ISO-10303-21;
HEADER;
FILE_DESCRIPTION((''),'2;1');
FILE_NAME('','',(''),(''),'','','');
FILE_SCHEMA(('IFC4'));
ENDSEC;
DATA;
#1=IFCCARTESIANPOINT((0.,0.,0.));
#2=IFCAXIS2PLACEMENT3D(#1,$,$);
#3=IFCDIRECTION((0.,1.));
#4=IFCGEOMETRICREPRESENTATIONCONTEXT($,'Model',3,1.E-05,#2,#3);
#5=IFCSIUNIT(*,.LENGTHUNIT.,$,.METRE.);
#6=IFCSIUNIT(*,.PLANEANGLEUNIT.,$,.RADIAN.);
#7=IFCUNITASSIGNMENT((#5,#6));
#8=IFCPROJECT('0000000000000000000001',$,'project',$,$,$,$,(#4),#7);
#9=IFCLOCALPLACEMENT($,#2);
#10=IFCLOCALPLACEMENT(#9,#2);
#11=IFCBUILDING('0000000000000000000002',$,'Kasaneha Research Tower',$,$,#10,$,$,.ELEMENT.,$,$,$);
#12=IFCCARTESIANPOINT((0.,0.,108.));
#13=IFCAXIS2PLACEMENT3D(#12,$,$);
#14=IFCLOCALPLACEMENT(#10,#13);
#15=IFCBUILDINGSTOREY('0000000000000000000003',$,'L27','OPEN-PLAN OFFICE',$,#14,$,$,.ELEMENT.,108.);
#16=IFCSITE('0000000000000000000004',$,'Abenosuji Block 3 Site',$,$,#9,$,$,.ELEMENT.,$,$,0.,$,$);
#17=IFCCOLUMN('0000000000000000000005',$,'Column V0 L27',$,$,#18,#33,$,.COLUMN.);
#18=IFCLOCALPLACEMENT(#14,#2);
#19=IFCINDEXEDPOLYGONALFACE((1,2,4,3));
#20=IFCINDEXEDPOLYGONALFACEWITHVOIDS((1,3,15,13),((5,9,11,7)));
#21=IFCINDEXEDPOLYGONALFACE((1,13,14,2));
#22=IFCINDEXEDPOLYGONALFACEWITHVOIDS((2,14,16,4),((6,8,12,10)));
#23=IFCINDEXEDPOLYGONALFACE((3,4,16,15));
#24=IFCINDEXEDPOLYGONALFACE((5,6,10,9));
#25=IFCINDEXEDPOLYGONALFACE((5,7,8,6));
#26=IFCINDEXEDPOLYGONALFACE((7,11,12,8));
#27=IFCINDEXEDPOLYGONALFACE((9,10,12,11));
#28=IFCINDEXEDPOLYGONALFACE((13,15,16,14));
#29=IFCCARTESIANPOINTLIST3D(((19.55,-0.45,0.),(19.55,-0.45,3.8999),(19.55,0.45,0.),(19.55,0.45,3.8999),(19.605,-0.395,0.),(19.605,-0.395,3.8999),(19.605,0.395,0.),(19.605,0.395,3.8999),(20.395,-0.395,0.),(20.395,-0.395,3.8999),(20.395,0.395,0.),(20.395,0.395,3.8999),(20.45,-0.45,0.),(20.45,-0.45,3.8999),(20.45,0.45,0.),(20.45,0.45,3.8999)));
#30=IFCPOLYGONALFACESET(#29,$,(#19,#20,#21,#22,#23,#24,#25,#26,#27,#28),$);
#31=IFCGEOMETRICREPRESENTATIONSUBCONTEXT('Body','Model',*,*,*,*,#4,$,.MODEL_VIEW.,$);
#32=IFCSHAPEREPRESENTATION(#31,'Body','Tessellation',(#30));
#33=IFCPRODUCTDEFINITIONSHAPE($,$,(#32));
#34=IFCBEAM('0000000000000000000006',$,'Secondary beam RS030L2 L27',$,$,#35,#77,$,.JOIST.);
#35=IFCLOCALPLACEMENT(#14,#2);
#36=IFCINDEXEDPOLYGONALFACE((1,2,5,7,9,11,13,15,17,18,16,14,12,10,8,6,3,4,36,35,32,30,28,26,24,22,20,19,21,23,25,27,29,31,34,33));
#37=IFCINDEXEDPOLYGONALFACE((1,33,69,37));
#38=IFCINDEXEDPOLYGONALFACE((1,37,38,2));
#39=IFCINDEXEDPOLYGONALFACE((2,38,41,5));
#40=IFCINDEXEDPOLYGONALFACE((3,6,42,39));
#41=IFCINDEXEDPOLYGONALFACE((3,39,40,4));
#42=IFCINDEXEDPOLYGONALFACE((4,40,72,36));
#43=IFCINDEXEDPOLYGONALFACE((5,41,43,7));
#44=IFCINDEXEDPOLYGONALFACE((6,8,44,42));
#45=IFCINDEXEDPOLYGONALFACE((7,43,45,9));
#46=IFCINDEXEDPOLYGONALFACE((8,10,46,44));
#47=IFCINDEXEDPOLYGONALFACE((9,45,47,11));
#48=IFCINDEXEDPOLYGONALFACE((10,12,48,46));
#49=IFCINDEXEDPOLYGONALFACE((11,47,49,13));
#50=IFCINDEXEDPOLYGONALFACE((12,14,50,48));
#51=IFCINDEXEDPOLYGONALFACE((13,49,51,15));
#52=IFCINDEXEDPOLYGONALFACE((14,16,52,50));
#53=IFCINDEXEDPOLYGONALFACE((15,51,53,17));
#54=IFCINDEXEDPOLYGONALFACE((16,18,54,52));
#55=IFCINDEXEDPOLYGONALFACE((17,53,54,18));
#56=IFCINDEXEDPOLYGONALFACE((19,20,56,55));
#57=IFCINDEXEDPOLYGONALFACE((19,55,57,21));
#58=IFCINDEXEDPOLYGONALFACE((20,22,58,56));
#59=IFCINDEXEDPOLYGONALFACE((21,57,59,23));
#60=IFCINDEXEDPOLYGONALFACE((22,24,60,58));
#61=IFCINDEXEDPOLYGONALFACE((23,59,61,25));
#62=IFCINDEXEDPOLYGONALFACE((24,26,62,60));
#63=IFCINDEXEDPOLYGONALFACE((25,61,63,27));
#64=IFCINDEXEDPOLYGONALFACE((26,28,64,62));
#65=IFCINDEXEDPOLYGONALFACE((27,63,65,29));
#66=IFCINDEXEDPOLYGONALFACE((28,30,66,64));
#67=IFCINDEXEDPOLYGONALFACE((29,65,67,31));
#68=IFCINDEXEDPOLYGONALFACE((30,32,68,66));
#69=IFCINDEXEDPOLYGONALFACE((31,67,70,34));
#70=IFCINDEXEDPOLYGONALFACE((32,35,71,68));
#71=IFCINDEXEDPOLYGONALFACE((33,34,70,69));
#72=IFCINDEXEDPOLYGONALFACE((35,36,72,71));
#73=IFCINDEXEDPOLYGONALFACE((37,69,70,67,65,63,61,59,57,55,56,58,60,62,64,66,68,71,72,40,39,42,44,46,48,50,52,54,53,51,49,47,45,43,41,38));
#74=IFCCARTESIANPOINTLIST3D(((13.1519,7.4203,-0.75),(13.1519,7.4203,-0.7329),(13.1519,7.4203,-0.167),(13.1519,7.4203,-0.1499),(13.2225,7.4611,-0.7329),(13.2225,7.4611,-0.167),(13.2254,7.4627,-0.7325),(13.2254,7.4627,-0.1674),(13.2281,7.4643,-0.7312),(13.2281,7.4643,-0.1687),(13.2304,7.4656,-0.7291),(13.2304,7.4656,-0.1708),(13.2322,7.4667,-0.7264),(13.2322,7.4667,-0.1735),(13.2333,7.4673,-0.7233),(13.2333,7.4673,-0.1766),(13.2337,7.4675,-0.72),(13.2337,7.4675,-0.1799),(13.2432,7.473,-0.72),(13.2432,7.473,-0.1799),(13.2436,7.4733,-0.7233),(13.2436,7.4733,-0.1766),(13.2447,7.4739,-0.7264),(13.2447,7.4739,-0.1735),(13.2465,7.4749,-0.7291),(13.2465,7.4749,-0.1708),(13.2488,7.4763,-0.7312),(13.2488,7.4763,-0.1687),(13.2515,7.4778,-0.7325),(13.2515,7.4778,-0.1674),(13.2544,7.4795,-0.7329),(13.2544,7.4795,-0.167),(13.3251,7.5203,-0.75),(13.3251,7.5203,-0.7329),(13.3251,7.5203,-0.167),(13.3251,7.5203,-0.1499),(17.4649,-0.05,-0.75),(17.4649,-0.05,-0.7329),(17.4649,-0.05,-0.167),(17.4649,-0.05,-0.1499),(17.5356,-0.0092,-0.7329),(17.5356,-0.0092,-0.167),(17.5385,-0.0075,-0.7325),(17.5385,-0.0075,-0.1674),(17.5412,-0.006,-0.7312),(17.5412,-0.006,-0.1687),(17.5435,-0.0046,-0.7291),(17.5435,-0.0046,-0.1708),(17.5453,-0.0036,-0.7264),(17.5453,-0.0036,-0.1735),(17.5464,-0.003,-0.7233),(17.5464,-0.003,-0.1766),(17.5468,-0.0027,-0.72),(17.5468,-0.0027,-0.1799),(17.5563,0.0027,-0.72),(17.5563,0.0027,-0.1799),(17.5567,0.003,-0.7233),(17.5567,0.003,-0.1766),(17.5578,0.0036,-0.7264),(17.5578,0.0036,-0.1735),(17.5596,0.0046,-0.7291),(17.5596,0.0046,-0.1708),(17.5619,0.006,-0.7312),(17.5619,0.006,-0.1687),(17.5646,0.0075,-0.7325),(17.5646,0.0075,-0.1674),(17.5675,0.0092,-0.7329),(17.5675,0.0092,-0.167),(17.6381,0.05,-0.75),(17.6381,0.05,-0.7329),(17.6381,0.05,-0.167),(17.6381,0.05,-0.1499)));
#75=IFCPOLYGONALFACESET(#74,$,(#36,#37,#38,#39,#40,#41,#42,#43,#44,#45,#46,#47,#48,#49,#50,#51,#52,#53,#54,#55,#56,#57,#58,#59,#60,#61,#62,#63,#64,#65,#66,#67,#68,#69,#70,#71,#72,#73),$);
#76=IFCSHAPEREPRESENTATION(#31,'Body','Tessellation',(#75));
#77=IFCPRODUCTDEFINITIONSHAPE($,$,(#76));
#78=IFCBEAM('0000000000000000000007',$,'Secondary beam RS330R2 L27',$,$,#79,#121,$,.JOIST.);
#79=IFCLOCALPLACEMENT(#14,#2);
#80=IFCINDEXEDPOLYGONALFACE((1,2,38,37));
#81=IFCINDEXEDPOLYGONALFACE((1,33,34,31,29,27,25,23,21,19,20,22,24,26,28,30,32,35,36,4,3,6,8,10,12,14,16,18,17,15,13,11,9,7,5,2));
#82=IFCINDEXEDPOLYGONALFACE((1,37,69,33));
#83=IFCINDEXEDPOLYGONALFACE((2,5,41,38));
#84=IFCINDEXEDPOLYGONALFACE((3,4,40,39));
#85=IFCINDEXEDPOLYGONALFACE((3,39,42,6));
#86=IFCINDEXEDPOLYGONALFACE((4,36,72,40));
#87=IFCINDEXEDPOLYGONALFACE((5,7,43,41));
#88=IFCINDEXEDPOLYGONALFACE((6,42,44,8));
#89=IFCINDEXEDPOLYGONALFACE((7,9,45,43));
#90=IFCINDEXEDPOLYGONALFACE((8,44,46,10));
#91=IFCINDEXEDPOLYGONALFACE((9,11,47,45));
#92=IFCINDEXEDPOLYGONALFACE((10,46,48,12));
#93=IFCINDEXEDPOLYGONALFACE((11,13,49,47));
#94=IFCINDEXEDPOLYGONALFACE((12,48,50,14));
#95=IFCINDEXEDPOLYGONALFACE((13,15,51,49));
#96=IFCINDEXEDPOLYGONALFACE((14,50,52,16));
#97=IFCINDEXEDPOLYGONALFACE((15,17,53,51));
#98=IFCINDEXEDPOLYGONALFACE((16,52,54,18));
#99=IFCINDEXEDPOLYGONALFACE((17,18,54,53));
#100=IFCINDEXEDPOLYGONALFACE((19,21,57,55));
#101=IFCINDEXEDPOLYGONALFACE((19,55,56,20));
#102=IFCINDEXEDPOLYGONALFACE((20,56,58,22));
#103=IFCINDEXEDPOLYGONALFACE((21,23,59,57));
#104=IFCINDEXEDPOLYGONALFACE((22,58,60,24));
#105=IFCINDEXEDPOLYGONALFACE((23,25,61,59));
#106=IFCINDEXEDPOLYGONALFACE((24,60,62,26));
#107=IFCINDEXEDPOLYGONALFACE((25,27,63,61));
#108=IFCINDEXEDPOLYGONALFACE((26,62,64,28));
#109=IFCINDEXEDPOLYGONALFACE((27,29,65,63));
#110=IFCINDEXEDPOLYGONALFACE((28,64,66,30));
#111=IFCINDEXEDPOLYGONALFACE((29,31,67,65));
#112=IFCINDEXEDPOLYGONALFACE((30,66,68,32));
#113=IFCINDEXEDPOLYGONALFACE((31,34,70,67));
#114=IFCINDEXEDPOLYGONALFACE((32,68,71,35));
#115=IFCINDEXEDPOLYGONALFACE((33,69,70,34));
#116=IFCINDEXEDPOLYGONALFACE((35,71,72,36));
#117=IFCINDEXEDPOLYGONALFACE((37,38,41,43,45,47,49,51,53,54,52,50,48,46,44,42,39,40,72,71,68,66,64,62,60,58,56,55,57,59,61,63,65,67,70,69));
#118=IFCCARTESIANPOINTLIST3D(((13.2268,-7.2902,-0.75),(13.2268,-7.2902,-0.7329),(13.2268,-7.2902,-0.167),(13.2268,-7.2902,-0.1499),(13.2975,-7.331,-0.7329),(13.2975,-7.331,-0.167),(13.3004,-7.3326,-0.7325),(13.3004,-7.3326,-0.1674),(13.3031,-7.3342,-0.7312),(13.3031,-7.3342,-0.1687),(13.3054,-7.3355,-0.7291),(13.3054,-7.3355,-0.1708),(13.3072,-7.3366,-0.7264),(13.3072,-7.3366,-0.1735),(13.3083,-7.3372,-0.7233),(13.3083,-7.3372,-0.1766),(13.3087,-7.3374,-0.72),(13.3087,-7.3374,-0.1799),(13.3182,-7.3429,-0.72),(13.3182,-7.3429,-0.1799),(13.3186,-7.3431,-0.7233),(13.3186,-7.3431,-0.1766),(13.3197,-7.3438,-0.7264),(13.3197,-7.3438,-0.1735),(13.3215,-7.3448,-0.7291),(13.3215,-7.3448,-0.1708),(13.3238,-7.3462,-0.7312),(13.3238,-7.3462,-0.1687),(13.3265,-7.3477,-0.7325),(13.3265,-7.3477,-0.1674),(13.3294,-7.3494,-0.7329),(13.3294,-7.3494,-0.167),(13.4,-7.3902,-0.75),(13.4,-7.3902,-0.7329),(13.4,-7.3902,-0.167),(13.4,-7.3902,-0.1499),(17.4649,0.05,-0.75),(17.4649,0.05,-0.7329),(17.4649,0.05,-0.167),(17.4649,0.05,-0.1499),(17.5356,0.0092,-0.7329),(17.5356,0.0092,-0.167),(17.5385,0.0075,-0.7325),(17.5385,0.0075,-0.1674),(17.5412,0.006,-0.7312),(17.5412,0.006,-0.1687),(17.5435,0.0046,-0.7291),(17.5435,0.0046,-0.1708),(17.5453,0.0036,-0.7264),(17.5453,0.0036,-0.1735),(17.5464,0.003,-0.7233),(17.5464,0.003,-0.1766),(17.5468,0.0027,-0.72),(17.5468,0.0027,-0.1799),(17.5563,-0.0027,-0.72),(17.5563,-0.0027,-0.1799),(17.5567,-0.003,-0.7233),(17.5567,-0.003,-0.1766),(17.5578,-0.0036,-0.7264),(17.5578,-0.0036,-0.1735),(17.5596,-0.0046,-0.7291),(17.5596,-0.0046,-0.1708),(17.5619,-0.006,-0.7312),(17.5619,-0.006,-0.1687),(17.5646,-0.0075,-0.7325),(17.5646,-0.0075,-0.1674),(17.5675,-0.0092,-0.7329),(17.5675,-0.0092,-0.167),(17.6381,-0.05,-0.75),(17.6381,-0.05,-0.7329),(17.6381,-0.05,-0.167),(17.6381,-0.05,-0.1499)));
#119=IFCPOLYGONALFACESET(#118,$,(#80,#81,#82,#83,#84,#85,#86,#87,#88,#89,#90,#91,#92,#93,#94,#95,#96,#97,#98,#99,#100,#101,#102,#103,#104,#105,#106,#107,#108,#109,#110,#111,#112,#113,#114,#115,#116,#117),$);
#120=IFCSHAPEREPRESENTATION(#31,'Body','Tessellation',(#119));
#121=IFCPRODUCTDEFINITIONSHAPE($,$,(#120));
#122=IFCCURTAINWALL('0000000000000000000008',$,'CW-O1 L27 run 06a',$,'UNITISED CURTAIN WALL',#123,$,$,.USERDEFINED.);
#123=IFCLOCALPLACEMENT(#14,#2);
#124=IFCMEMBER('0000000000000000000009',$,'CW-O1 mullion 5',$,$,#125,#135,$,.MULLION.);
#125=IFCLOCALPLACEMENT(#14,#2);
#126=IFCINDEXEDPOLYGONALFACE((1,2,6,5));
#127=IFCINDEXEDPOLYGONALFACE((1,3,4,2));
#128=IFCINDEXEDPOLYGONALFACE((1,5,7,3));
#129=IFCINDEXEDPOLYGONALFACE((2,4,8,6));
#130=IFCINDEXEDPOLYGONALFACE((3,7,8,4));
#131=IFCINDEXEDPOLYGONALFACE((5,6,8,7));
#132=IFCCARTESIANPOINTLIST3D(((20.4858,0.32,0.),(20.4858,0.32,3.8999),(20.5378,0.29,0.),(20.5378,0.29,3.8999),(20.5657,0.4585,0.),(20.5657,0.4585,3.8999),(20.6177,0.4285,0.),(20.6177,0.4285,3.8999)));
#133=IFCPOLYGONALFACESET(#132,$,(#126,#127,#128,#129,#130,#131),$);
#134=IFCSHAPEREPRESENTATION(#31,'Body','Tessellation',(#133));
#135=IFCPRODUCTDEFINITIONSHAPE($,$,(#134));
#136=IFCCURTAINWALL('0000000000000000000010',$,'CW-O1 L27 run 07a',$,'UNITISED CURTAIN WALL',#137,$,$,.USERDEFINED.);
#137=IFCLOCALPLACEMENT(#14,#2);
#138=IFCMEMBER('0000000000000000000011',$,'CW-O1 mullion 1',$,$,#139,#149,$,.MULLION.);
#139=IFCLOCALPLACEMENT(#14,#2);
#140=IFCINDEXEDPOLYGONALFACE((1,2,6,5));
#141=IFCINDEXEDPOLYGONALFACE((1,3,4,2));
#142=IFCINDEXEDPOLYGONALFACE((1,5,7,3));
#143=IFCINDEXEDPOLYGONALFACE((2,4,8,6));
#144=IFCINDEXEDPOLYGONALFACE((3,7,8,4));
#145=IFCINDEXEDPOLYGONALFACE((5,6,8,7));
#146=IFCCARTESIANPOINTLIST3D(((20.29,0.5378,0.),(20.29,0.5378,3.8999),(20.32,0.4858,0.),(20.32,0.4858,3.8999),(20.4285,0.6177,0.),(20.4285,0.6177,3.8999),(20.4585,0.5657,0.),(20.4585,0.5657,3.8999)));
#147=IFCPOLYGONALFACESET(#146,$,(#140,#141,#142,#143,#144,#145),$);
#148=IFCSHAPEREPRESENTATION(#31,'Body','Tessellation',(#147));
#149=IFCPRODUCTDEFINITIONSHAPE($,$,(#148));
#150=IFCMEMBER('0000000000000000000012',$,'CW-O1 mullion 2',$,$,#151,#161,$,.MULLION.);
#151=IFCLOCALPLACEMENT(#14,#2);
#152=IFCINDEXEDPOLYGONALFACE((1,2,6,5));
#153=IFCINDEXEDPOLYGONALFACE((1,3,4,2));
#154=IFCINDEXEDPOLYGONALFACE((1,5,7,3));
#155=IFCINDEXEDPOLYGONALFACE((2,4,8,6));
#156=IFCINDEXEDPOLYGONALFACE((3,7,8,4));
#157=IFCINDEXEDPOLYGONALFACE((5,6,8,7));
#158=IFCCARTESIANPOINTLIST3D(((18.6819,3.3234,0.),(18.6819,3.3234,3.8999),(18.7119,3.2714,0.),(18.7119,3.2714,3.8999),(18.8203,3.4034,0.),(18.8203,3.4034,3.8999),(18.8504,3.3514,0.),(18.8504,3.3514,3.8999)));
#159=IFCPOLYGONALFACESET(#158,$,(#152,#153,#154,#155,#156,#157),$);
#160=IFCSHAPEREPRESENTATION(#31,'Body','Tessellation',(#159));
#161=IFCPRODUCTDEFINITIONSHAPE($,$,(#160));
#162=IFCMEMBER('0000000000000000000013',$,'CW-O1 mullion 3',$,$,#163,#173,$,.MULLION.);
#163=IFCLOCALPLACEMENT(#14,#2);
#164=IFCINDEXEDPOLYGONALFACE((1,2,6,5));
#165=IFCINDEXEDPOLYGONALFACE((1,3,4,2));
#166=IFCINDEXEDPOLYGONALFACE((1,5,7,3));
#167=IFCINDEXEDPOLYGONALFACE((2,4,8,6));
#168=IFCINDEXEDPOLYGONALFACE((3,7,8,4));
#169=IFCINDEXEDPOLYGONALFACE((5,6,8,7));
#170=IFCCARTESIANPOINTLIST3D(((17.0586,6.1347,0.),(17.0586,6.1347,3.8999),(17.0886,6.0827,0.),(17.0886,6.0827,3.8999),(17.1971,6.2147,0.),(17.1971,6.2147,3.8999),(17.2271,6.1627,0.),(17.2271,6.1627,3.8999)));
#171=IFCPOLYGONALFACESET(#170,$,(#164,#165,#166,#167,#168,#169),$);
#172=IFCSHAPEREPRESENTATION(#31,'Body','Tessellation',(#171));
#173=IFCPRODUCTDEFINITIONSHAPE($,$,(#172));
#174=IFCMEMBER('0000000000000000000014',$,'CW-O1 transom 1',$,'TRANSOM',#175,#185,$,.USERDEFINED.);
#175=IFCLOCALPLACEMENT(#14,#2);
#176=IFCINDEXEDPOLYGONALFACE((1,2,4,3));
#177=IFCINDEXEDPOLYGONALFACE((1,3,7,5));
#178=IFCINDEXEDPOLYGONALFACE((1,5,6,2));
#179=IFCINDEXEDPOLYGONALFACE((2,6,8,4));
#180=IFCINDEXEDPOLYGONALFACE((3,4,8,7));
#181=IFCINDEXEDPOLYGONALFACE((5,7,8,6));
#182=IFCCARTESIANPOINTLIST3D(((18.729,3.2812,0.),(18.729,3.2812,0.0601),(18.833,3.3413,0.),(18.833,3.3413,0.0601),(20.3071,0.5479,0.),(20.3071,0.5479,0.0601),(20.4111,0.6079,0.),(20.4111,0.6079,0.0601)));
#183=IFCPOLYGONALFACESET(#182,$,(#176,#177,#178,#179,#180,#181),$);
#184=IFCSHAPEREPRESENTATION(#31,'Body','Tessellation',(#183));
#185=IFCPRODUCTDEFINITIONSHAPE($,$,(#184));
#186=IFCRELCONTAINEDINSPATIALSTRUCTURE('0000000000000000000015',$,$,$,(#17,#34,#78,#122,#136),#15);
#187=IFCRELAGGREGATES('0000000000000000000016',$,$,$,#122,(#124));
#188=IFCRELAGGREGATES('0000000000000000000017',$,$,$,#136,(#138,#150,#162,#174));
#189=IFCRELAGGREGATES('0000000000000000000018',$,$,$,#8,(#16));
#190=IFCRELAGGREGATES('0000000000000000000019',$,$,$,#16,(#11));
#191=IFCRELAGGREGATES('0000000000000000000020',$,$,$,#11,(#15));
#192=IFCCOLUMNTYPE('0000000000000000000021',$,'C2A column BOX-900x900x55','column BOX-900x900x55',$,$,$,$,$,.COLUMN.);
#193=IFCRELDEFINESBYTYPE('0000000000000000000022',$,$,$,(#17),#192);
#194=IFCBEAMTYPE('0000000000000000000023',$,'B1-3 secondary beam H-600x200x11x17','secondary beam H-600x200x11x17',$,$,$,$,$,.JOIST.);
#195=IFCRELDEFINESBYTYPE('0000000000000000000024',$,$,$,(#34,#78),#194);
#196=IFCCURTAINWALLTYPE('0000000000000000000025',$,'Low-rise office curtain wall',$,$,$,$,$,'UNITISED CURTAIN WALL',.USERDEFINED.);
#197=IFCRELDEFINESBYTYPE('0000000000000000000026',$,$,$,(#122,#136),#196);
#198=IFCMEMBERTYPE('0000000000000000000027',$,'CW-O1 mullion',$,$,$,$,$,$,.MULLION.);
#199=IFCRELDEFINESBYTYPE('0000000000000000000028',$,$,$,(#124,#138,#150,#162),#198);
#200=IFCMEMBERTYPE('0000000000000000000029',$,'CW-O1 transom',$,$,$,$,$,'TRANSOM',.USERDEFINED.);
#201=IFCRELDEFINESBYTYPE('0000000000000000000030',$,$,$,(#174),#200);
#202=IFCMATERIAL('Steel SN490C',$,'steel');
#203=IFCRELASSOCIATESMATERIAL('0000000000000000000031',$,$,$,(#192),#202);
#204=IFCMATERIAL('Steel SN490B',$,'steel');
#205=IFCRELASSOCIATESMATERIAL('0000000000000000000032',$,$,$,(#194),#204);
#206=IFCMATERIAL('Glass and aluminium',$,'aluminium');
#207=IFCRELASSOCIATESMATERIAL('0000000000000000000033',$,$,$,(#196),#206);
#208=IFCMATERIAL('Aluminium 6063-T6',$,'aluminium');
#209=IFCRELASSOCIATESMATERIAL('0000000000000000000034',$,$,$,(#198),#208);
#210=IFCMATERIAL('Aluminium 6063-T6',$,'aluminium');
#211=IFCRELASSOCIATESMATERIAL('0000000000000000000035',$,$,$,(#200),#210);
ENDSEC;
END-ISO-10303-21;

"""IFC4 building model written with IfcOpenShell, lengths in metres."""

from ifc_helpers import new_model, si_unit, direction, frame, origin, origin_2d, place, context, subcontext, project, spatial, rectangle, hollow_rectangle, i_section, extrude, material, material_profile, profile_set, type_object, element, aggregate, save


model = new_model("IFC4")

# Units and contexts
model_context = context("Model", 3, precision=1e-05, world=origin(), true_north=direction((0.0, 1.0)))
body_context = subcontext(model_context, "Body", "Model", "MODEL_VIEW")
ifc_project = project(units=[si_unit("LENGTHUNIT", "METRE"), si_unit("PLANEANGLEUNIT", "RADIAN")], contexts=[model_context])

# Site, building, storey
site_placement = place(None, origin())
site = spatial("IfcSite", under=ifc_project, at=site_placement, Name="Abenosuji Block 3 Site", CompositionType="ELEMENT", RefElevation=0.0)
building_placement = place(site_placement, origin())
building = spatial("IfcBuilding", under=site, at=building_placement, Name="Kasaneha Research Tower", CompositionType="ELEMENT")
storey_placement = place(building_placement, frame((0.0, 0.0, 108.0)))
storey = spatial("IfcBuildingStorey", under=building, at=storey_placement, Name="L27", Description="OPEN-PLAN OFFICE", CompositionType="ELEMENT", Elevation=108.0)

# Column
ifc_material_1 = material(Name="Steel SN490C", Category="steel")
ifc_material_profile_1 = material_profile(ifc_material_1, hollow_rectangle(XDim=0.8999, YDim=0.8999, WallThickness=0.0549, at=origin_2d()), Name="BOX-900x900x55")
ifc_profile_set_1 = profile_set([ifc_material_profile_1], Name="Steel SN490C")
column_type = type_object("IfcColumnType", Name="C2A column BOX-900x900x55", Description="column BOX-900x900x55", PredefinedType="COLUMN", material=ifc_profile_set_1)
column_placement = place(storey_placement, frame((20.0, 0.0, 0.0), z_axis=(0.0, 0.0, 1.0), x_axis=(1.0, 0.0, 0.0)))
element("IfcColumn", 1, at=column_placement, inside=storey, type_object=column_type, Name="Column V0 L27", PredefinedType="COLUMN", context=body_context, shape_type="SweptSolid", body=[
    extrude(hollow_rectangle(XDim=0.8999, YDim=0.8999, WallThickness=0.0549, at=origin_2d()), origin(), (0.0, 0.0, 1.0), 3.8999),
])

# Beams
ifc_material_2 = material(Name="Steel SN490B", Category="steel")
ifc_material_profile_2 = material_profile(ifc_material_2, i_section(OverallWidth=0.2, OverallDepth=0.6001, WebThickness=0.011, FlangeThickness=0.0171, FilletRadius=0.0129, at=origin_2d()), Name="H-600x200x11x17")
ifc_profile_set_2 = profile_set([ifc_material_profile_2], Name="Steel SN490B")
beam_type_1 = type_object("IfcBeamType", Name="B1-3 secondary beam H-600x200x11x17", Description="secondary beam H-600x200x11x17", PredefinedType="JOIST", material=ifc_profile_set_2)
beam_1_placement = place(storey_placement, frame((17.5515, 0.0, -0.45), z_axis=(-0.500005, 0.866023, 0.0), x_axis=(-0.866023, -0.500005, 0.0)))
element("IfcBeam", 2, at=beam_1_placement, inside=storey, type_object=beam_type_1, Name="Secondary beam RS030L2 L27", PredefinedType="JOIST", context=body_context, shape_type="SweptSolid", body=[
    extrude(i_section(OverallWidth=0.2, OverallDepth=0.6001, WebThickness=0.011, FlangeThickness=0.0171, FilletRadius=0.0129, at=origin_2d()), origin(), (0.0, 0.0, 1.0), 8.626),
])
beam_2_placement = place(storey_placement, frame((17.5515, 0.0, -0.45), z_axis=(-0.500021, -0.866013, 0.0), x_axis=(0.866013, -0.500021, 0.0)))
element("IfcBeam", 3, at=beam_2_placement, inside=storey, type_object=beam_type_1, Name="Secondary beam RS330R2 L27", PredefinedType="JOIST", context=body_context, shape_type="SweptSolid", body=[
    extrude(i_section(OverallWidth=0.2, OverallDepth=0.6001, WebThickness=0.011, FlangeThickness=0.0171, FilletRadius=0.0129, at=origin_2d()), origin(), (0.0, 0.0, 1.0), 8.4758),
])

# Curtain wall, member
ifc_material_3 = material(Name="Glass and aluminium", Category="aluminium")
curtain_wall_type = type_object("IfcCurtainWallType", Name="Low-rise office curtain wall", ElementType="UNITISED CURTAIN WALL", PredefinedType="USERDEFINED", material=ifc_material_3)
curtain_wall_1_placement = place(storey_placement, origin())
curtain_wall_1 = element("IfcCurtainWall", 4, at=curtain_wall_1_placement, inside=storey, type_object=curtain_wall_type, Name="CW-O1 L27 run 06a", ObjectType="UNITISED CURTAIN WALL", PredefinedType="USERDEFINED")
ifc_material_4 = material(Name="Aluminium 6063-T6", Category="aluminium")
ifc_material_profile_3 = material_profile(ifc_material_4, rectangle(XDim=0.0601, YDim=0.1599, at=origin_2d()), Name="CW-O1 mullion 60x160")
ifc_profile_set_3 = profile_set([ifc_material_profile_3], Name="Aluminium 6063-T6")
member_type_1 = type_object("IfcMemberType", Name="CW-O1 mullion", PredefinedType="MULLION", material=ifc_profile_set_3)
member_1_placement = place(storey_placement, frame((20.5518, 0.3743, 0.0), z_axis=(0.0, 0.0, 1.0), x_axis=(-0.866025, 0.5, 0.0)))
member_1 = element("IfcMember", 5, at=member_1_placement, type_object=member_type_1, Name="CW-O1 mullion 5", PredefinedType="MULLION", context=body_context, shape_type="SweptSolid", body=[
    extrude(rectangle(XDim=0.0601, YDim=0.1599, at=origin_2d()), origin(), (0.0, 0.0, 1.0), 3.8999),
])
aggregate(curtain_wall_1, [member_1])

# Curtain wall, members
curtain_wall_2_placement = place(storey_placement, origin())
curtain_wall_2 = element("IfcCurtainWall", 6, at=curtain_wall_2_placement, inside=storey, type_object=curtain_wall_type, Name="CW-O1 L27 run 07a", ObjectType="UNITISED CURTAIN WALL", PredefinedType="USERDEFINED")
member_2_placement = place(storey_placement, frame((20.3743, 0.5518, 0.0), z_axis=(0.0, 0.0, 1.0), x_axis=(-0.5, 0.866025, 0.0)))
member_2 = element("IfcMember", 7, at=member_2_placement, type_object=member_type_1, Name="CW-O1 mullion 1", PredefinedType="MULLION", context=body_context, shape_type="SweptSolid", body=[
    extrude(rectangle(XDim=0.0601, YDim=0.1599, at=origin_2d()), origin(), (0.0, 0.0, 1.0), 3.8999),
])
member_3_placement = place(storey_placement, frame((18.7661, 3.3374, 0.0), z_axis=(0.0, 0.0, 1.0), x_axis=(-0.5, 0.866025, 0.0)))
member_3 = element("IfcMember", 8, at=member_3_placement, type_object=member_type_1, Name="CW-O1 mullion 2", PredefinedType="MULLION", context=body_context, shape_type="SweptSolid", body=[
    extrude(rectangle(XDim=0.0601, YDim=0.1599, at=origin_2d()), origin(), (0.0, 0.0, 1.0), 3.8999),
])
member_4_placement = place(storey_placement, frame((17.1428, 6.1487, 0.0), z_axis=(0.0, 0.0, 1.0), x_axis=(-0.5, 0.866025, 0.0)))
member_4 = element("IfcMember", 9, at=member_4_placement, type_object=member_type_1, Name="CW-O1 mullion 3", PredefinedType="MULLION", context=body_context, shape_type="SweptSolid", body=[
    extrude(rectangle(XDim=0.0601, YDim=0.1599, at=origin_2d()), origin(), (0.0, 0.0, 1.0), 3.8999),
])
ifc_material_5 = material(Name="Aluminium 6063-T6", Category="aluminium")
ifc_material_profile_4 = material_profile(ifc_material_5, rectangle(XDim=0.1201, YDim=0.0601, at=origin_2d()), Name="CW-O1 transom 120x60")
ifc_profile_set_4 = profile_set([ifc_material_profile_4], Name="Aluminium 6063-T6")
member_type_2 = type_object("IfcMemberType", Name="CW-O1 transom", ElementType="TRANSOM", PredefinedType="USERDEFINED", material=ifc_profile_set_4)
member_5_placement = place(storey_placement, frame((20.3591, 0.5779, 0.03), z_axis=(-0.499999, 0.866026, 0.0), x_axis=(-0.866026, -0.499999, 0.0)))
member_5 = element("IfcMember", 10, at=member_5_placement, type_object=member_type_2, Name="CW-O1 transom 1", ObjectType="TRANSOM", PredefinedType="USERDEFINED", context=body_context, shape_type="SweptSolid", body=[
    extrude(rectangle(XDim=0.1201, YDim=0.0601, at=origin_2d()), origin(), (0.0, 0.0, 1.0), 3.1562),
])

aggregate(curtain_wall_2, [member_2, member_3, member_4, member_5])

save(model, "model.ifc")
